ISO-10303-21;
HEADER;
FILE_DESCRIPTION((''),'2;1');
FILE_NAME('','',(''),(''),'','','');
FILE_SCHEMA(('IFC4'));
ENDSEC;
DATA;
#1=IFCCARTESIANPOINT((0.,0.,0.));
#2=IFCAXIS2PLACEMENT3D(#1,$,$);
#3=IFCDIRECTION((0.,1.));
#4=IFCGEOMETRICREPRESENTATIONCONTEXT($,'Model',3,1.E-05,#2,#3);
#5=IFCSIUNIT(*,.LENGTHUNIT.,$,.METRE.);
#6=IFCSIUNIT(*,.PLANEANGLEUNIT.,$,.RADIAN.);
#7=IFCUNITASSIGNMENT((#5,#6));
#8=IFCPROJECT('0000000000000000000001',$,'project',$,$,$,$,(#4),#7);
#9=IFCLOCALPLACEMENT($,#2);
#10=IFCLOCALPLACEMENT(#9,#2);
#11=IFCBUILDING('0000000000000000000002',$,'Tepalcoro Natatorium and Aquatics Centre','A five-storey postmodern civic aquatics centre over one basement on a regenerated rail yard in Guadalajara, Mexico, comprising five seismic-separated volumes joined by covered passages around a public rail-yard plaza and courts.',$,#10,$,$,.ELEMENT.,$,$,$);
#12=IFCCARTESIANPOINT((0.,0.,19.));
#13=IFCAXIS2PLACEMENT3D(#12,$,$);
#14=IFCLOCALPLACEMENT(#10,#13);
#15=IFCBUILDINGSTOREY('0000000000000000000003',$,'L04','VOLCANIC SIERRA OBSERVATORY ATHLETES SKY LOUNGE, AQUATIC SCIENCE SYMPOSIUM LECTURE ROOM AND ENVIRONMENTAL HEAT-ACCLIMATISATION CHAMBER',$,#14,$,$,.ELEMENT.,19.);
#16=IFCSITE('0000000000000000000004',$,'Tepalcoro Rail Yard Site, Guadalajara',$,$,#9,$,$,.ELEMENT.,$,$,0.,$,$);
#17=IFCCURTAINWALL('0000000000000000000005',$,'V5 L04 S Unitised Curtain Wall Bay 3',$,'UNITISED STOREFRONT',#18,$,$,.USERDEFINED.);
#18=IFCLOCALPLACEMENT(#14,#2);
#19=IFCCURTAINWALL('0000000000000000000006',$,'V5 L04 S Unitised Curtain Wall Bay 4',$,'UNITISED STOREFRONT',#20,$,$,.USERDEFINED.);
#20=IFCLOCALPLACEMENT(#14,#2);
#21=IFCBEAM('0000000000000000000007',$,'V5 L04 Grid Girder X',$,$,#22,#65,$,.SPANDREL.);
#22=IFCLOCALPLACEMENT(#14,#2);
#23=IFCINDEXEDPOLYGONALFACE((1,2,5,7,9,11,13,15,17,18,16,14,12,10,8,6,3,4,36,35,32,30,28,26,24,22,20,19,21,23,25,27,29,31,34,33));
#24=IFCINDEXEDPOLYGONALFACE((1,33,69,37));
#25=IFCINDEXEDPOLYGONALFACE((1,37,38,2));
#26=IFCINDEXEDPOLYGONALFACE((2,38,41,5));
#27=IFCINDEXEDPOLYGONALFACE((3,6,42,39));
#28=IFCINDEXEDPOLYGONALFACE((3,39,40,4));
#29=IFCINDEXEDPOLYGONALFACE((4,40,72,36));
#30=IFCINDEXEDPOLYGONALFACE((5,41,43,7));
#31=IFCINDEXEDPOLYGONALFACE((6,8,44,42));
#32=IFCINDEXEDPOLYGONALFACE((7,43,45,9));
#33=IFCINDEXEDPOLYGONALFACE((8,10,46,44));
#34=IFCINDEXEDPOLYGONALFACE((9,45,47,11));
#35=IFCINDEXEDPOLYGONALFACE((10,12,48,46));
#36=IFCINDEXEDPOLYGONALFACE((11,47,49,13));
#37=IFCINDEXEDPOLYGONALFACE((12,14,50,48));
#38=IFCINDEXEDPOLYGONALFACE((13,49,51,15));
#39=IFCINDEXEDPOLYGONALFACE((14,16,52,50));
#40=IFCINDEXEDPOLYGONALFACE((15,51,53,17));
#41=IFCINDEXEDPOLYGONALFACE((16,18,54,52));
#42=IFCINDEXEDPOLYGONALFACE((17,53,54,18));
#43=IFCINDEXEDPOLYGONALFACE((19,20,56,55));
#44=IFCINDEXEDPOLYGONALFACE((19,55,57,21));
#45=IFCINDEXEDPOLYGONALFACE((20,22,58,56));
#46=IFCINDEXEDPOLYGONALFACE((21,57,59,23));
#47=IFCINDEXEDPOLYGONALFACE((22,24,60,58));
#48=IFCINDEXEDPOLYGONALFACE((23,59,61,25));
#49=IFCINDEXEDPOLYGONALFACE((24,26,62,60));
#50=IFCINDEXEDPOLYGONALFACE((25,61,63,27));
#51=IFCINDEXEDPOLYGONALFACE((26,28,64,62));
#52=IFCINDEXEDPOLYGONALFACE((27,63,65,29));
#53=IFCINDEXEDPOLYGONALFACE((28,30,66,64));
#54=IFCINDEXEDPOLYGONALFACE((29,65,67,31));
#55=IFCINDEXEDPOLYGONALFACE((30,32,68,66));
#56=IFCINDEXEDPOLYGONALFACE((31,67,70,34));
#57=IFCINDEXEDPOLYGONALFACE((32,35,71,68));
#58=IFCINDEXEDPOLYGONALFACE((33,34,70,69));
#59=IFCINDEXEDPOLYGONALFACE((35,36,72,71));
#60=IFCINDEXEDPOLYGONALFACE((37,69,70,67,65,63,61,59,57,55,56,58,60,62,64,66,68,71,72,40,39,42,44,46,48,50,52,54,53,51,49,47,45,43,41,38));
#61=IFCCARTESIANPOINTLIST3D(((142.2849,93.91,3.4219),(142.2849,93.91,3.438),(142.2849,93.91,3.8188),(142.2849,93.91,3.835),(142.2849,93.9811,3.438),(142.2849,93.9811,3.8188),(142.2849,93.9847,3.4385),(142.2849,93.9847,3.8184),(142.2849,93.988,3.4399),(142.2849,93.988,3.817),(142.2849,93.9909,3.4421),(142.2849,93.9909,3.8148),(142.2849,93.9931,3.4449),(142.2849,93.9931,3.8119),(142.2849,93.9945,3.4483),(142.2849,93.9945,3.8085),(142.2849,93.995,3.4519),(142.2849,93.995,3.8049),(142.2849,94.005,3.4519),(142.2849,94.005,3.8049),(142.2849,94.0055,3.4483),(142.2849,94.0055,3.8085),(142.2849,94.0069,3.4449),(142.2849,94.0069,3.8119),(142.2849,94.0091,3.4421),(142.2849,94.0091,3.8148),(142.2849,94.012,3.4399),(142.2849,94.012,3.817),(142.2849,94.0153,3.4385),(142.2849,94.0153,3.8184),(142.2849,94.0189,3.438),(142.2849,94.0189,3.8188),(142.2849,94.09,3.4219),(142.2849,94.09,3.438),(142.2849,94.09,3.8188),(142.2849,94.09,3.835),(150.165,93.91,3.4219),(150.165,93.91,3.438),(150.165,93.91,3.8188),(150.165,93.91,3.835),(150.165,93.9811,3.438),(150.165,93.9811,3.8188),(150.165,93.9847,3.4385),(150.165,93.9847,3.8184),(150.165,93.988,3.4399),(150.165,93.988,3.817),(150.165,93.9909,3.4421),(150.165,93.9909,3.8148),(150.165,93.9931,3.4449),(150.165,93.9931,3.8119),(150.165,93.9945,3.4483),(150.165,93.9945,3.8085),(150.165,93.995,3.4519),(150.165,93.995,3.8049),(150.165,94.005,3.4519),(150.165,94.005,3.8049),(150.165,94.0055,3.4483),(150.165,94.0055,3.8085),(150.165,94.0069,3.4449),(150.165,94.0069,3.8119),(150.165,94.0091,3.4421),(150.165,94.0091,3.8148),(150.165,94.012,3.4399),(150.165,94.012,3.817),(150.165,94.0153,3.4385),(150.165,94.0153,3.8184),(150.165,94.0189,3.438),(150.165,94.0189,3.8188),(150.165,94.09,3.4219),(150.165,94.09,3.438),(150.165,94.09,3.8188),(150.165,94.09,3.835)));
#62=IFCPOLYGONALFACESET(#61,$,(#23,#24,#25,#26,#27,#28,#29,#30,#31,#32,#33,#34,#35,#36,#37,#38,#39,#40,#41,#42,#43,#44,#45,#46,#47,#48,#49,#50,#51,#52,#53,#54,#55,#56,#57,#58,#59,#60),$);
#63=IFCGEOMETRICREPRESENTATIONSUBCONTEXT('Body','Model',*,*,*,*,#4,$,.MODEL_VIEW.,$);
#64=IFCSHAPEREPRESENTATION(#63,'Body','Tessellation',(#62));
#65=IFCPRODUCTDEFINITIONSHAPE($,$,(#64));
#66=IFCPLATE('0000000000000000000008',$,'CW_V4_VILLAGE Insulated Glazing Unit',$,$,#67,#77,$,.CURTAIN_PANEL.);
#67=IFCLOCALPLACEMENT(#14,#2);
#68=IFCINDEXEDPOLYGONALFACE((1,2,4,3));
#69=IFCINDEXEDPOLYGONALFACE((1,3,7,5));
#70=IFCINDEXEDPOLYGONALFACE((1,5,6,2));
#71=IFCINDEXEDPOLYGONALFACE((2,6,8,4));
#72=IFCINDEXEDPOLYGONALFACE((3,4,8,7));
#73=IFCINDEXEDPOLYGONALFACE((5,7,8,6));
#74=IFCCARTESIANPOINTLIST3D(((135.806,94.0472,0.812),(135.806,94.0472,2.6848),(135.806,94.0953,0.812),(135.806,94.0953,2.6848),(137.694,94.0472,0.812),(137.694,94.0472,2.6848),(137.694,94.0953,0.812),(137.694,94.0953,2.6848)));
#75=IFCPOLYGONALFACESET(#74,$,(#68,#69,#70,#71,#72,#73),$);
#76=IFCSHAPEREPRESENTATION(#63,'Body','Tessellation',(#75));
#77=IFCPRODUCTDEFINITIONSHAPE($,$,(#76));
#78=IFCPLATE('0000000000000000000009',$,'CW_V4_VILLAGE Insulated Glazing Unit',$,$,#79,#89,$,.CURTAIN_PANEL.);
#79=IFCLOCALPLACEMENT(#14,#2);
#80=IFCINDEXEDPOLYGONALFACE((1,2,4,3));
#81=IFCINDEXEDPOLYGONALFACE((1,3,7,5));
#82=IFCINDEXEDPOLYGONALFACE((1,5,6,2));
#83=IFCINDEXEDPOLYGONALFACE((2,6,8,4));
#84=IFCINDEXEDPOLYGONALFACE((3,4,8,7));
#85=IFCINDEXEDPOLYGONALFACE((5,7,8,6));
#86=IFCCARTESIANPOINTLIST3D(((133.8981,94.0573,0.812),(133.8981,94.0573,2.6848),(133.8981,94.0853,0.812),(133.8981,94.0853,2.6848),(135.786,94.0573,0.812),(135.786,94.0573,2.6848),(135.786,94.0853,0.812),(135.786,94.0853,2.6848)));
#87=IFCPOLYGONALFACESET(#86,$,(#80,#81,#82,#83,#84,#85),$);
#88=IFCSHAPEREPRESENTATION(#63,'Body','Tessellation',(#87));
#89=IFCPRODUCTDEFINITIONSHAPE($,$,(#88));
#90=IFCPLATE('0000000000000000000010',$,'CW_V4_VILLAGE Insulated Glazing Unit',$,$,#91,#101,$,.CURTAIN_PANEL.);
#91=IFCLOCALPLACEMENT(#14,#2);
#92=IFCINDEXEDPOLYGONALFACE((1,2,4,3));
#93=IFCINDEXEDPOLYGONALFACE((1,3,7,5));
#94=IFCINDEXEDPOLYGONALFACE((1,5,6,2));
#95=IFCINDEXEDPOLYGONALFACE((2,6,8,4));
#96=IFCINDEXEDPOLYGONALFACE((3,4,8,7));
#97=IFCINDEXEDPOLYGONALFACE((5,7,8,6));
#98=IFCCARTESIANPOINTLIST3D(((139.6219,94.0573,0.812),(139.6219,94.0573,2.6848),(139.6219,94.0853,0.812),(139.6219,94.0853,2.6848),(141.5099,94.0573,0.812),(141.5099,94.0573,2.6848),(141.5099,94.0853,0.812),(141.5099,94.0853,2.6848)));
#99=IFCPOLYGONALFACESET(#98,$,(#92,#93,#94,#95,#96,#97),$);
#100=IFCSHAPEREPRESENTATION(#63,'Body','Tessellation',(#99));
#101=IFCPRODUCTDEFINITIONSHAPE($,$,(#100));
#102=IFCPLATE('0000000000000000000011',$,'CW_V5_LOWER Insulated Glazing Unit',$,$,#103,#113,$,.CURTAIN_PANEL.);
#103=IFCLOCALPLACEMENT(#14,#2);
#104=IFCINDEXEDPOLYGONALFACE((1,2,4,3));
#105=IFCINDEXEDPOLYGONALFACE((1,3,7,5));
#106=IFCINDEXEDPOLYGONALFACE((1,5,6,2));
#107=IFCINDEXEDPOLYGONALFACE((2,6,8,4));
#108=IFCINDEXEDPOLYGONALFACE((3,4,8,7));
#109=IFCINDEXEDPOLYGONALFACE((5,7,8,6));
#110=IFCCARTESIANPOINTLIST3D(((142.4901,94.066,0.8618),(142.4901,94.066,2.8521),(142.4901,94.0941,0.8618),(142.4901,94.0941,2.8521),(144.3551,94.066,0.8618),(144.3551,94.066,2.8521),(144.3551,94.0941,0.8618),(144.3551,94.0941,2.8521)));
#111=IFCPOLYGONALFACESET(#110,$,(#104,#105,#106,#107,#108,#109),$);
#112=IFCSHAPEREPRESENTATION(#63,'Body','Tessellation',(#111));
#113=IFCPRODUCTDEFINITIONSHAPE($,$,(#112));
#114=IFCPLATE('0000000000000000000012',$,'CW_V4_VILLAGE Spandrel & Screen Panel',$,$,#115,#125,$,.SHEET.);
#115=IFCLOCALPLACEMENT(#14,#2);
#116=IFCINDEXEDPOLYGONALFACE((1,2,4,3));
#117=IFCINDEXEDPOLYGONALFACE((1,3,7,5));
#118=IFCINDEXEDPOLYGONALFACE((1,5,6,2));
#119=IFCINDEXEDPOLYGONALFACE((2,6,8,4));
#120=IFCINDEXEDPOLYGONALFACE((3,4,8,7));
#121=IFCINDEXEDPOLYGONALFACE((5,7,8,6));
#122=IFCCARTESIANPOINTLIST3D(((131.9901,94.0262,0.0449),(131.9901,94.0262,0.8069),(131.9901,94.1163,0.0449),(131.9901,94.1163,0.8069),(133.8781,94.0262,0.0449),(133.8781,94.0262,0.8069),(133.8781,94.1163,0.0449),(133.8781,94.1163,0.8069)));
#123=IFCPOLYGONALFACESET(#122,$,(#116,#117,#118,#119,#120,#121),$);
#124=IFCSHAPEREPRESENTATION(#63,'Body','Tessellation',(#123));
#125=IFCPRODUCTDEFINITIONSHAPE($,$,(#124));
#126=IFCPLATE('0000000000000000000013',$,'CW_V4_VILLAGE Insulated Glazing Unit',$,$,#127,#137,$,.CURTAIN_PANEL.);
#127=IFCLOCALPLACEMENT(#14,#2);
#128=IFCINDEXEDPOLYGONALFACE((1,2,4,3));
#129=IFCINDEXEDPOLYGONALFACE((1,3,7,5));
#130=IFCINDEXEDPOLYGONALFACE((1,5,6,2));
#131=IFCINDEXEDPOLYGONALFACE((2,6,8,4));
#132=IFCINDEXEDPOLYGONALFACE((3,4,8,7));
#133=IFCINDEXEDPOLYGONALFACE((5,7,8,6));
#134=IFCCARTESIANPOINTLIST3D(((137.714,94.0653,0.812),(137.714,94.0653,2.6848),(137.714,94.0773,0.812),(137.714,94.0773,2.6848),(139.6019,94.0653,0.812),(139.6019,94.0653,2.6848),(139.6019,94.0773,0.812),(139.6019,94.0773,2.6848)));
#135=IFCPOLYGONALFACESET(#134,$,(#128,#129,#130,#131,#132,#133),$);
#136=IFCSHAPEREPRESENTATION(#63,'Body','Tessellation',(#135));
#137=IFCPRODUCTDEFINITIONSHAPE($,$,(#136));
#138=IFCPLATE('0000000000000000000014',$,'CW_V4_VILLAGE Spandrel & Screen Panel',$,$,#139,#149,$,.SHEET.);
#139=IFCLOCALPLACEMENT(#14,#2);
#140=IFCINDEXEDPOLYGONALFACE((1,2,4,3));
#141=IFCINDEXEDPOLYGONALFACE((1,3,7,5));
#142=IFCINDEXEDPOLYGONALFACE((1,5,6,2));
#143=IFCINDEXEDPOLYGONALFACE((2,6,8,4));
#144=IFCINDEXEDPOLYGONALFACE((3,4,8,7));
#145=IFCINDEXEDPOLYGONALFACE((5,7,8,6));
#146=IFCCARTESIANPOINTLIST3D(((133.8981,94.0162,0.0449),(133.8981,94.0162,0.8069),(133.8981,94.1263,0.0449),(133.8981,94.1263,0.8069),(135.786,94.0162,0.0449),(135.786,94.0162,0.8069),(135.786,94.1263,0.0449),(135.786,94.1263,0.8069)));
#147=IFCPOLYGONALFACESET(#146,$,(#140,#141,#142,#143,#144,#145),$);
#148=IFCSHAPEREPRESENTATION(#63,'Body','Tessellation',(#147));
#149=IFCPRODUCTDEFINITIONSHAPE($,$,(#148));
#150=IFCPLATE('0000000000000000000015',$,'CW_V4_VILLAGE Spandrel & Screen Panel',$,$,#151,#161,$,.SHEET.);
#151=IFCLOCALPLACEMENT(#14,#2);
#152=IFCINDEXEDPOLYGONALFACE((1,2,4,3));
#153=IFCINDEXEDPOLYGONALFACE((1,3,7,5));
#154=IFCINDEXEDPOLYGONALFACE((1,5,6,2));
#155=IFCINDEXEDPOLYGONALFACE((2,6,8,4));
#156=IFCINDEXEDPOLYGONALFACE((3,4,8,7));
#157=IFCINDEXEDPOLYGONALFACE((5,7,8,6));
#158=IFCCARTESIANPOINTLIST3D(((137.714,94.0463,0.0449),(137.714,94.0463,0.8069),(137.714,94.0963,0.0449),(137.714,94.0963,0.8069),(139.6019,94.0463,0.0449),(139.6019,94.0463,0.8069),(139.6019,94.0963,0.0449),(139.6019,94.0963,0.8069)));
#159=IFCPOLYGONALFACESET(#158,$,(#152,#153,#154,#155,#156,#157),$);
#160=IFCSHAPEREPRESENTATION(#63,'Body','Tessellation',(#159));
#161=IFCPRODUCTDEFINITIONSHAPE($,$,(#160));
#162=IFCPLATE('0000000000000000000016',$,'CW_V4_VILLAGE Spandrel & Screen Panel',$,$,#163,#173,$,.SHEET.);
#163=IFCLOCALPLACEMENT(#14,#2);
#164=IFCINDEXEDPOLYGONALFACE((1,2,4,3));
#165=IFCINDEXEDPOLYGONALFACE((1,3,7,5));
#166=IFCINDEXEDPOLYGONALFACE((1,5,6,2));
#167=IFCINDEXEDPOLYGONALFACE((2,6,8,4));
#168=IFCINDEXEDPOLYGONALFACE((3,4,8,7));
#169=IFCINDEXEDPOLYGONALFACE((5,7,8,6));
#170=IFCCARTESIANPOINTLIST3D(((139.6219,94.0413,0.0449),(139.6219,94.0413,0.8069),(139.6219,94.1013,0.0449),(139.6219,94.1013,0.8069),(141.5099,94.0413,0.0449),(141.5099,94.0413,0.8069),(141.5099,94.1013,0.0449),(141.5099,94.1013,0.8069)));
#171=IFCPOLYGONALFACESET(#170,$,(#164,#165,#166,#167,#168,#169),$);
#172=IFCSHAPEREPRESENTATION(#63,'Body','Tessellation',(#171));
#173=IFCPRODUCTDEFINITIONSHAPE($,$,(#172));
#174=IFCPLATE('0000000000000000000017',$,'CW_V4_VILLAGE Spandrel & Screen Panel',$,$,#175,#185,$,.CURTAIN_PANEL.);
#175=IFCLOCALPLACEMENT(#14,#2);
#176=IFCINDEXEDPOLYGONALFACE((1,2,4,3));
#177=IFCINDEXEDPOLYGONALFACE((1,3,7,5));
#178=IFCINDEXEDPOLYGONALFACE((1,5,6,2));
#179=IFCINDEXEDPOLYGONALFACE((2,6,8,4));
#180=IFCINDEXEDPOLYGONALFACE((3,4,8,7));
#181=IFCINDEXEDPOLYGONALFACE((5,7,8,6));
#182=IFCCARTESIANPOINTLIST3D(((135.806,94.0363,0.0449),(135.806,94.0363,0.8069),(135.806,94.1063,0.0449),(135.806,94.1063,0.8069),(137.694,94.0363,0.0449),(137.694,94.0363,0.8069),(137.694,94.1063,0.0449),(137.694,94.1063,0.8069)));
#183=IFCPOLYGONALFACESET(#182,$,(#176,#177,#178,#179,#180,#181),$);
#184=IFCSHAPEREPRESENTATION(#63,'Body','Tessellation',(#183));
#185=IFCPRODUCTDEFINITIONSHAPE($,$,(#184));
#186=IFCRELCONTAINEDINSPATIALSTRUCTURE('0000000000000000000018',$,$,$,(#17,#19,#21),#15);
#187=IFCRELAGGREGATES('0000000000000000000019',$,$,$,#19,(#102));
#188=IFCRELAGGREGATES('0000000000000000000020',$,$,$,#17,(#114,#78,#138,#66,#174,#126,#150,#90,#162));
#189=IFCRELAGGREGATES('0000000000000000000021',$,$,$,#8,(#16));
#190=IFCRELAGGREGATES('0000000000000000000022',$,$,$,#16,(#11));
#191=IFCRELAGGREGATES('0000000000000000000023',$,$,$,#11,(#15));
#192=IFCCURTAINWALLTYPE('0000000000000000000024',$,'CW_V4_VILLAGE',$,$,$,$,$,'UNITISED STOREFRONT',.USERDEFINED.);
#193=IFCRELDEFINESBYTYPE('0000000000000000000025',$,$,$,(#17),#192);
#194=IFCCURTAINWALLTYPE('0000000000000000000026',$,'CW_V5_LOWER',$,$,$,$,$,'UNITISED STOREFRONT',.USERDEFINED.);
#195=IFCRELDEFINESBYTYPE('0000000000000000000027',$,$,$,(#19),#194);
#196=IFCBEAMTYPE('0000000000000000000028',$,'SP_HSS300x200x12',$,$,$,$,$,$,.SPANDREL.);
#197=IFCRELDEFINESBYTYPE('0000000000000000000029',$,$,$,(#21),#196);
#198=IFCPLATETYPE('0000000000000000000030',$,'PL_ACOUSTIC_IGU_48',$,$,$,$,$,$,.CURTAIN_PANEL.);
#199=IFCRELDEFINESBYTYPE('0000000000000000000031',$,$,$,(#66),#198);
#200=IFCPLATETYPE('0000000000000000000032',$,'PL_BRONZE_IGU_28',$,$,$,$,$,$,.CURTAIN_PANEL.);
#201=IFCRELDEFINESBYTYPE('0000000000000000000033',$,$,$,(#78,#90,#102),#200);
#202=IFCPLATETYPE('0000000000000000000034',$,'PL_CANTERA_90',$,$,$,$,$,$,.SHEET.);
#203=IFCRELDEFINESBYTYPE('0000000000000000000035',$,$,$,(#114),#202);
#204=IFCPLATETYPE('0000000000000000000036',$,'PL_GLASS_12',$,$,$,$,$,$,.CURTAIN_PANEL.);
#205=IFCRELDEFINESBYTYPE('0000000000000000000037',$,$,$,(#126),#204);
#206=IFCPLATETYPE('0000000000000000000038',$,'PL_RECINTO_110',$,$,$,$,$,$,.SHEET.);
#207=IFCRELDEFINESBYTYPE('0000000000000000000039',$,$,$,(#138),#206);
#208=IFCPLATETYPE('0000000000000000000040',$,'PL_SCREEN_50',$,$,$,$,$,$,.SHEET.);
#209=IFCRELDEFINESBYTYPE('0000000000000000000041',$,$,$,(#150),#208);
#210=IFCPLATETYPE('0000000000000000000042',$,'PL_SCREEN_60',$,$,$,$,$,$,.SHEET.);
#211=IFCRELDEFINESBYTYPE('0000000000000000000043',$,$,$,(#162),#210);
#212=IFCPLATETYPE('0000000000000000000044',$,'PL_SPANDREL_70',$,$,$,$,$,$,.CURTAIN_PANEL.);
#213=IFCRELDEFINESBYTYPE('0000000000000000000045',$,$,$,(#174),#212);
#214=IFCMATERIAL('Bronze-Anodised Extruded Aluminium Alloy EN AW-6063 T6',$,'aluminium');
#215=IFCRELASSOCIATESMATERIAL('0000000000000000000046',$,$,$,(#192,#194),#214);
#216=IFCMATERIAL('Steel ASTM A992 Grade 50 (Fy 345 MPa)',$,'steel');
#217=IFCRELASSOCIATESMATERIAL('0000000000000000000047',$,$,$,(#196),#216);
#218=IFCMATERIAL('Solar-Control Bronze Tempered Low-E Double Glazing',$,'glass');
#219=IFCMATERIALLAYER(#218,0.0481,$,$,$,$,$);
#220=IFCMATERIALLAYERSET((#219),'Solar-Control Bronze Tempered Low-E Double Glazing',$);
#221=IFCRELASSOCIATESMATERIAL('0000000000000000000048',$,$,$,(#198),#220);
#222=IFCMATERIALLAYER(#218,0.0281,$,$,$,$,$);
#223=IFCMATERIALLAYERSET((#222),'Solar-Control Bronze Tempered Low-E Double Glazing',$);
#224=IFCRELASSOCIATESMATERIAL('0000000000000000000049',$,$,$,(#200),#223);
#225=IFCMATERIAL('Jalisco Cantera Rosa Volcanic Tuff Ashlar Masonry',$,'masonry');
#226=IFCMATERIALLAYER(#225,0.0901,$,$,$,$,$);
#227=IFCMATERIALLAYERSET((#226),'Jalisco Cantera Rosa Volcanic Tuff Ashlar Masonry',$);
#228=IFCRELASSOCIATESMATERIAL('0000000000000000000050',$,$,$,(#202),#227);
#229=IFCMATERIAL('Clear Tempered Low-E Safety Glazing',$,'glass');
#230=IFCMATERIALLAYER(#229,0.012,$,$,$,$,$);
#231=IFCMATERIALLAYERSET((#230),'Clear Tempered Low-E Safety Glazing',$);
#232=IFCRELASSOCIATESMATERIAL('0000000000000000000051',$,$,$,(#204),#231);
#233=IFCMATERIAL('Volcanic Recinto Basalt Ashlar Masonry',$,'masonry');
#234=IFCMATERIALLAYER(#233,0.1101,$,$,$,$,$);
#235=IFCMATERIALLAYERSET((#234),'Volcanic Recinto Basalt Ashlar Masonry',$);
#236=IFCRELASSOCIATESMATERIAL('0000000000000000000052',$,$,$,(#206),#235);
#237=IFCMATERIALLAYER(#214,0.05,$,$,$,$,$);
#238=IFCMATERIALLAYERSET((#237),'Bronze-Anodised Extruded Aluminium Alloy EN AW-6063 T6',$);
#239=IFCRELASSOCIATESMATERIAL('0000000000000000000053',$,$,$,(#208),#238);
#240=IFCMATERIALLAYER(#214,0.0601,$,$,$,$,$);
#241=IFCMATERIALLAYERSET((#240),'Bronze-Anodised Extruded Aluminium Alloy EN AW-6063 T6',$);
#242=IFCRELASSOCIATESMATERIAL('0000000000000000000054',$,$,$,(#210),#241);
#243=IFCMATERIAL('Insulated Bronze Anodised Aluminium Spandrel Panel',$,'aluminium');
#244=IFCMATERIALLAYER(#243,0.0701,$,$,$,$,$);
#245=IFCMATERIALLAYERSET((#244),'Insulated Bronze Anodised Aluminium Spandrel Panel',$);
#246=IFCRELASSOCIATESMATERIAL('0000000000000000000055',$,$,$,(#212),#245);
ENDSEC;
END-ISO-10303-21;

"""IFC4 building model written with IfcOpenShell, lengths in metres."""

from ifc_helpers import new_model, si_unit, direction, frame, origin, origin_2d, place, context, subcontext, project, spatial, rectangle, i_section, extrude, material, layer, layer_set, material_profile, profile_set, type_object, element, aggregate, save


model = new_model("IFC4")

# Units and contexts
model_context = context("Model", 3, precision=1e-05, world=origin(), true_north=direction((0.0, 1.0)))
body_context = subcontext(model_context, "Body", "Model", "MODEL_VIEW")
ifc_project = project(units=[si_unit("LENGTHUNIT", "METRE"), si_unit("PLANEANGLEUNIT", "RADIAN")], contexts=[model_context])

# Site, building, storey
site_placement = place(None, origin())
site = spatial("IfcSite", under=ifc_project, at=site_placement, Name="Tepalcoro Rail Yard Site, Guadalajara", CompositionType="ELEMENT", RefElevation=0.0)
building_placement = place(site_placement, origin())
building = spatial("IfcBuilding", under=site, at=building_placement, Name="Tepalcoro Natatorium and Aquatics Centre", Description="A five-storey postmodern civic aquatics centre over one basement on a regenerated rail yard in Guadalajara, Mexico, comprising five seismic-separated volumes joined by covered passages around a public rail-yard plaza and courts.", CompositionType="ELEMENT")
storey_placement = place(building_placement, frame((0.0, 0.0, 19.0)))
storey = spatial("IfcBuildingStorey", under=building, at=storey_placement, Name="L04", Description="VOLCANIC SIERRA OBSERVATORY ATHLETES SKY LOUNGE, AQUATIC SCIENCE SYMPOSIUM LECTURE ROOM AND ENVIRONMENTAL HEAT-ACCLIMATISATION CHAMBER", CompositionType="ELEMENT", Elevation=19.0)

# Shared definitions
ifc_material_1 = material(Name="Steel ASTM A992 Grade 50 (Fy 345 MPa)", Category="steel")

# Curtain walls
ifc_material_2 = material(Name="Bronze-Anodised Extruded Aluminium Alloy EN AW-6063 T6", Category="aluminium")
curtain_wall_type_1 = type_object("IfcCurtainWallType", Name="CW_V4_VILLAGE", ElementType="UNITISED STOREFRONT", PredefinedType="USERDEFINED", material=ifc_material_2)
curtain_wall_1_placement = place(storey_placement, origin())
curtain_wall_1 = element("IfcCurtainWall", 1, at=curtain_wall_1_placement, inside=storey, type_object=curtain_wall_type_1, Name="V5 L04 S Unitised Curtain Wall Bay 3", ObjectType="UNITISED STOREFRONT", PredefinedType="USERDEFINED")
curtain_wall_type_2 = type_object("IfcCurtainWallType", Name="CW_V5_LOWER", ElementType="UNITISED STOREFRONT", PredefinedType="USERDEFINED", material=ifc_material_2)
curtain_wall_2_placement = place(storey_placement, origin())
curtain_wall_2 = element("IfcCurtainWall", 2, at=curtain_wall_2_placement, inside=storey, type_object=curtain_wall_type_2, Name="V5 L04 S Unitised Curtain Wall Bay 4", ObjectType="UNITISED STOREFRONT", PredefinedType="USERDEFINED")

# Beam
ifc_material_profile_1 = material_profile(ifc_material_1, i_section(OverallWidth=0.1799, OverallDepth=0.4131, WebThickness=0.01, FlangeThickness=0.0161, FilletRadius=0.0139, at=origin_2d()), Name="W16X50")
ifc_profile_set_1 = profile_set([ifc_material_profile_1], Name="Steel ASTM A992 Grade 50 (Fy 345 MPa)")
beam_type_1 = type_object("IfcBeamType", Name="SP_HSS300x200x12", PredefinedType="SPANDREL", material=ifc_profile_set_1)
beam_1_placement = place(storey_placement, frame((142.2849, 94.0, 3.6284), z_axis=(1.0, 0.0, 0.0), x_axis=(0.0, 1.0, 0.0)))
element("IfcBeam", 3, at=beam_1_placement, inside=storey, type_object=beam_type_1, Name="V5 L04 Grid Girder X", PredefinedType="SPANDREL", context=body_context, shape_type="SweptSolid", body=[
    extrude(i_section(OverallWidth=0.1799, OverallDepth=0.4131, WebThickness=0.01, FlangeThickness=0.0161, FilletRadius=0.0139, at=origin_2d()), origin(), (0.0, 0.0, 1.0), 7.8801),
])

# Plates
ifc_material_3 = material(Name="Solar-Control Bronze Tempered Low-E Double Glazing", Category="glass")
ifc_layer_1 = layer(ifc_material_3, 0.0481)
ifc_layer_set_1 = layer_set([ifc_layer_1], Name="Solar-Control Bronze Tempered Low-E Double Glazing")
plate_type_1 = type_object("IfcPlateType", Name="PL_ACOUSTIC_IGU_48", PredefinedType="CURTAIN_PANEL", material=ifc_layer_set_1)
plate_1_placement = place(storey_placement, frame((136.75, 94.0713, 0.812), z_axis=(0.0, 0.0, 1.0), x_axis=(1.0, 0.0, 0.0)))
plate_1 = element("IfcPlate", 4, at=plate_1_placement, type_object=plate_type_1, Name="CW_V4_VILLAGE Insulated Glazing Unit", PredefinedType="CURTAIN_PANEL", context=body_context, shape_type="SweptSolid", body=[
    extrude(rectangle(XDim=1.8879, YDim=0.0481, at=origin_2d()), origin(), (0.0, 0.0, 1.0), 1.8728),
])
ifc_layer_2 = layer(ifc_material_3, 0.0281)
ifc_layer_set_2 = layer_set([ifc_layer_2], Name="Solar-Control Bronze Tempered Low-E Double Glazing")
plate_type_2 = type_object("IfcPlateType", Name="PL_BRONZE_IGU_28", PredefinedType="CURTAIN_PANEL", material=ifc_layer_set_2)
plate_2_placement = place(storey_placement, frame((134.842, 94.0713, 0.812), z_axis=(0.0, 0.0, 1.0), x_axis=(1.0, 0.0, 0.0)))
plate_2 = element("IfcPlate", 5, at=plate_2_placement, type_object=plate_type_2, Name="CW_V4_VILLAGE Insulated Glazing Unit", PredefinedType="CURTAIN_PANEL", context=body_context, shape_type="SweptSolid", body=[
    extrude(rectangle(XDim=1.8879, YDim=0.0281, at=origin_2d()), origin(), (0.0, 0.0, 1.0), 1.8728),
])
plate_3_placement = place(storey_placement, frame((140.5659, 94.0713, 0.812), z_axis=(0.0, 0.0, 1.0), x_axis=(1.0, 0.0, 0.0)))
plate_3 = element("IfcPlate", 6, at=plate_3_placement, type_object=plate_type_2, Name="CW_V4_VILLAGE Insulated Glazing Unit", PredefinedType="CURTAIN_PANEL", context=body_context, shape_type="SweptSolid", body=[
    extrude(rectangle(XDim=1.8879, YDim=0.0281, at=origin_2d()), origin(), (0.0, 0.0, 1.0), 1.8728),
])
plate_4_placement = place(storey_placement, frame((143.4226, 94.0801, 0.8618), z_axis=(0.0, 0.0, 1.0), x_axis=(1.0, 0.0, 0.0)))
plate_4 = element("IfcPlate", 7, at=plate_4_placement, type_object=plate_type_2, Name="CW_V5_LOWER Insulated Glazing Unit", PredefinedType="CURTAIN_PANEL", context=body_context, shape_type="SweptSolid", body=[
    extrude(rectangle(XDim=1.865, YDim=0.0281, at=origin_2d()), origin(), (0.0, 0.0, 1.0), 1.9902),
])
aggregate(curtain_wall_2, [plate_4])
ifc_material_4 = material(Name="Jalisco Cantera Rosa Volcanic Tuff Ashlar Masonry", Category="masonry")
ifc_layer_3 = layer(ifc_material_4, 0.0901)
ifc_layer_set_3 = layer_set([ifc_layer_3], Name="Jalisco Cantera Rosa Volcanic Tuff Ashlar Masonry")
plate_type_3 = type_object("IfcPlateType", Name="PL_CANTERA_90", PredefinedType="SHEET", material=ifc_layer_set_3)
plate_5_placement = place(storey_placement, frame((132.9341, 94.0713, 0.0449), z_axis=(0.0, 0.0, 1.0), x_axis=(1.0, 0.0, 0.0)))
plate_5 = element("IfcPlate", 8, at=plate_5_placement, type_object=plate_type_3, Name="CW_V4_VILLAGE Spandrel & Screen Panel", PredefinedType="SHEET", context=body_context, shape_type="SweptSolid", body=[
    extrude(rectangle(XDim=1.8879, YDim=0.0901, at=origin_2d()), origin(), (0.0, 0.0, 1.0), 0.762),
])
ifc_material_5 = material(Name="Clear Tempered Low-E Safety Glazing", Category="glass")
ifc_layer_4 = layer(ifc_material_5, 0.012)
ifc_layer_set_4 = layer_set([ifc_layer_4], Name="Clear Tempered Low-E Safety Glazing")
plate_type_4 = type_object("IfcPlateType", Name="PL_GLASS_12", PredefinedType="CURTAIN_PANEL", material=ifc_layer_set_4)
plate_6_placement = place(storey_placement, frame((138.658, 94.0713, 0.812), z_axis=(0.0, 0.0, 1.0), x_axis=(1.0, 0.0, 0.0)))
plate_6 = element("IfcPlate", 9, at=plate_6_placement, type_object=plate_type_4, Name="CW_V4_VILLAGE Insulated Glazing Unit", PredefinedType="CURTAIN_PANEL", context=body_context, shape_type="SweptSolid", body=[
    extrude(rectangle(XDim=1.8879, YDim=0.012, at=origin_2d()), origin(), (0.0, 0.0, 1.0), 1.8728),
])
ifc_material_6 = material(Name="Volcanic Recinto Basalt Ashlar Masonry", Category="masonry")
ifc_layer_5 = layer(ifc_material_6, 0.1101)
ifc_layer_set_5 = layer_set([ifc_layer_5], Name="Volcanic Recinto Basalt Ashlar Masonry")
plate_type_5 = type_object("IfcPlateType", Name="PL_RECINTO_110", PredefinedType="SHEET", material=ifc_layer_set_5)
plate_7_placement = place(storey_placement, frame((134.842, 94.0713, 0.0449), z_axis=(0.0, 0.0, 1.0), x_axis=(1.0, 0.0, 0.0)))
plate_7 = element("IfcPlate", 10, at=plate_7_placement, type_object=plate_type_5, Name="CW_V4_VILLAGE Spandrel & Screen Panel", PredefinedType="SHEET", context=body_context, shape_type="SweptSolid", body=[
    extrude(rectangle(XDim=1.8879, YDim=0.1101, at=origin_2d()), origin(), (0.0, 0.0, 1.0), 0.762),
])
ifc_layer_6 = layer(ifc_material_2, 0.05)
ifc_layer_set_6 = layer_set([ifc_layer_6], Name="Bronze-Anodised Extruded Aluminium Alloy EN AW-6063 T6")
plate_type_6 = type_object("IfcPlateType", Name="PL_SCREEN_50", PredefinedType="SHEET", material=ifc_layer_set_6)
plate_8_placement = place(storey_placement, frame((138.658, 94.0713, 0.0449), z_axis=(0.0, 0.0, 1.0), x_axis=(1.0, 0.0, 0.0)))
plate_8 = element("IfcPlate", 11, at=plate_8_placement, type_object=plate_type_6, Name="CW_V4_VILLAGE Spandrel & Screen Panel", PredefinedType="SHEET", context=body_context, shape_type="SweptSolid", body=[
    extrude(rectangle(XDim=1.8879, YDim=0.05, at=origin_2d()), origin(), (0.0, 0.0, 1.0), 0.762),
])
ifc_layer_7 = layer(ifc_material_2, 0.0601)
ifc_layer_set_7 = layer_set([ifc_layer_7], Name="Bronze-Anodised Extruded Aluminium Alloy EN AW-6063 T6")
plate_type_7 = type_object("IfcPlateType", Name="PL_SCREEN_60", PredefinedType="SHEET", material=ifc_layer_set_7)
plate_9_placement = place(storey_placement, frame((140.5659, 94.0713, 0.0449), z_axis=(0.0, 0.0, 1.0), x_axis=(1.0, 0.0, 0.0)))
plate_9 = element("IfcPlate", 12, at=plate_9_placement, type_object=plate_type_7, Name="CW_V4_VILLAGE Spandrel & Screen Panel", PredefinedType="SHEET", context=body_context, shape_type="SweptSolid", body=[
    extrude(rectangle(XDim=1.8879, YDim=0.0601, at=origin_2d()), origin(), (0.0, 0.0, 1.0), 0.762),
])
ifc_material_7 = material(Name="Insulated Bronze Anodised Aluminium Spandrel Panel", Category="aluminium")
ifc_layer_8 = layer(ifc_material_7, 0.0701)
ifc_layer_set_8 = layer_set([ifc_layer_8], Name="Insulated Bronze Anodised Aluminium Spandrel Panel")
plate_type_8 = type_object("IfcPlateType", Name="PL_SPANDREL_70", PredefinedType="CURTAIN_PANEL", material=ifc_layer_set_8)
plate_10_placement = place(storey_placement, frame((136.75, 94.0713, 0.0449), z_axis=(0.0, 0.0, 1.0), x_axis=(1.0, 0.0, 0.0)))
plate_10 = element("IfcPlate", 13, at=plate_10_placement, type_object=plate_type_8, Name="CW_V4_VILLAGE Spandrel & Screen Panel", PredefinedType="CURTAIN_PANEL", context=body_context, shape_type="SweptSolid", body=[
    extrude(rectangle(XDim=1.8879, YDim=0.0701, at=origin_2d()), origin(), (0.0, 0.0, 1.0), 0.762),
])
aggregate(curtain_wall_1, [plate_5, plate_2, plate_7, plate_1, plate_10, plate_6, plate_8, plate_3, plate_9])

save(model, "model.ifc")
